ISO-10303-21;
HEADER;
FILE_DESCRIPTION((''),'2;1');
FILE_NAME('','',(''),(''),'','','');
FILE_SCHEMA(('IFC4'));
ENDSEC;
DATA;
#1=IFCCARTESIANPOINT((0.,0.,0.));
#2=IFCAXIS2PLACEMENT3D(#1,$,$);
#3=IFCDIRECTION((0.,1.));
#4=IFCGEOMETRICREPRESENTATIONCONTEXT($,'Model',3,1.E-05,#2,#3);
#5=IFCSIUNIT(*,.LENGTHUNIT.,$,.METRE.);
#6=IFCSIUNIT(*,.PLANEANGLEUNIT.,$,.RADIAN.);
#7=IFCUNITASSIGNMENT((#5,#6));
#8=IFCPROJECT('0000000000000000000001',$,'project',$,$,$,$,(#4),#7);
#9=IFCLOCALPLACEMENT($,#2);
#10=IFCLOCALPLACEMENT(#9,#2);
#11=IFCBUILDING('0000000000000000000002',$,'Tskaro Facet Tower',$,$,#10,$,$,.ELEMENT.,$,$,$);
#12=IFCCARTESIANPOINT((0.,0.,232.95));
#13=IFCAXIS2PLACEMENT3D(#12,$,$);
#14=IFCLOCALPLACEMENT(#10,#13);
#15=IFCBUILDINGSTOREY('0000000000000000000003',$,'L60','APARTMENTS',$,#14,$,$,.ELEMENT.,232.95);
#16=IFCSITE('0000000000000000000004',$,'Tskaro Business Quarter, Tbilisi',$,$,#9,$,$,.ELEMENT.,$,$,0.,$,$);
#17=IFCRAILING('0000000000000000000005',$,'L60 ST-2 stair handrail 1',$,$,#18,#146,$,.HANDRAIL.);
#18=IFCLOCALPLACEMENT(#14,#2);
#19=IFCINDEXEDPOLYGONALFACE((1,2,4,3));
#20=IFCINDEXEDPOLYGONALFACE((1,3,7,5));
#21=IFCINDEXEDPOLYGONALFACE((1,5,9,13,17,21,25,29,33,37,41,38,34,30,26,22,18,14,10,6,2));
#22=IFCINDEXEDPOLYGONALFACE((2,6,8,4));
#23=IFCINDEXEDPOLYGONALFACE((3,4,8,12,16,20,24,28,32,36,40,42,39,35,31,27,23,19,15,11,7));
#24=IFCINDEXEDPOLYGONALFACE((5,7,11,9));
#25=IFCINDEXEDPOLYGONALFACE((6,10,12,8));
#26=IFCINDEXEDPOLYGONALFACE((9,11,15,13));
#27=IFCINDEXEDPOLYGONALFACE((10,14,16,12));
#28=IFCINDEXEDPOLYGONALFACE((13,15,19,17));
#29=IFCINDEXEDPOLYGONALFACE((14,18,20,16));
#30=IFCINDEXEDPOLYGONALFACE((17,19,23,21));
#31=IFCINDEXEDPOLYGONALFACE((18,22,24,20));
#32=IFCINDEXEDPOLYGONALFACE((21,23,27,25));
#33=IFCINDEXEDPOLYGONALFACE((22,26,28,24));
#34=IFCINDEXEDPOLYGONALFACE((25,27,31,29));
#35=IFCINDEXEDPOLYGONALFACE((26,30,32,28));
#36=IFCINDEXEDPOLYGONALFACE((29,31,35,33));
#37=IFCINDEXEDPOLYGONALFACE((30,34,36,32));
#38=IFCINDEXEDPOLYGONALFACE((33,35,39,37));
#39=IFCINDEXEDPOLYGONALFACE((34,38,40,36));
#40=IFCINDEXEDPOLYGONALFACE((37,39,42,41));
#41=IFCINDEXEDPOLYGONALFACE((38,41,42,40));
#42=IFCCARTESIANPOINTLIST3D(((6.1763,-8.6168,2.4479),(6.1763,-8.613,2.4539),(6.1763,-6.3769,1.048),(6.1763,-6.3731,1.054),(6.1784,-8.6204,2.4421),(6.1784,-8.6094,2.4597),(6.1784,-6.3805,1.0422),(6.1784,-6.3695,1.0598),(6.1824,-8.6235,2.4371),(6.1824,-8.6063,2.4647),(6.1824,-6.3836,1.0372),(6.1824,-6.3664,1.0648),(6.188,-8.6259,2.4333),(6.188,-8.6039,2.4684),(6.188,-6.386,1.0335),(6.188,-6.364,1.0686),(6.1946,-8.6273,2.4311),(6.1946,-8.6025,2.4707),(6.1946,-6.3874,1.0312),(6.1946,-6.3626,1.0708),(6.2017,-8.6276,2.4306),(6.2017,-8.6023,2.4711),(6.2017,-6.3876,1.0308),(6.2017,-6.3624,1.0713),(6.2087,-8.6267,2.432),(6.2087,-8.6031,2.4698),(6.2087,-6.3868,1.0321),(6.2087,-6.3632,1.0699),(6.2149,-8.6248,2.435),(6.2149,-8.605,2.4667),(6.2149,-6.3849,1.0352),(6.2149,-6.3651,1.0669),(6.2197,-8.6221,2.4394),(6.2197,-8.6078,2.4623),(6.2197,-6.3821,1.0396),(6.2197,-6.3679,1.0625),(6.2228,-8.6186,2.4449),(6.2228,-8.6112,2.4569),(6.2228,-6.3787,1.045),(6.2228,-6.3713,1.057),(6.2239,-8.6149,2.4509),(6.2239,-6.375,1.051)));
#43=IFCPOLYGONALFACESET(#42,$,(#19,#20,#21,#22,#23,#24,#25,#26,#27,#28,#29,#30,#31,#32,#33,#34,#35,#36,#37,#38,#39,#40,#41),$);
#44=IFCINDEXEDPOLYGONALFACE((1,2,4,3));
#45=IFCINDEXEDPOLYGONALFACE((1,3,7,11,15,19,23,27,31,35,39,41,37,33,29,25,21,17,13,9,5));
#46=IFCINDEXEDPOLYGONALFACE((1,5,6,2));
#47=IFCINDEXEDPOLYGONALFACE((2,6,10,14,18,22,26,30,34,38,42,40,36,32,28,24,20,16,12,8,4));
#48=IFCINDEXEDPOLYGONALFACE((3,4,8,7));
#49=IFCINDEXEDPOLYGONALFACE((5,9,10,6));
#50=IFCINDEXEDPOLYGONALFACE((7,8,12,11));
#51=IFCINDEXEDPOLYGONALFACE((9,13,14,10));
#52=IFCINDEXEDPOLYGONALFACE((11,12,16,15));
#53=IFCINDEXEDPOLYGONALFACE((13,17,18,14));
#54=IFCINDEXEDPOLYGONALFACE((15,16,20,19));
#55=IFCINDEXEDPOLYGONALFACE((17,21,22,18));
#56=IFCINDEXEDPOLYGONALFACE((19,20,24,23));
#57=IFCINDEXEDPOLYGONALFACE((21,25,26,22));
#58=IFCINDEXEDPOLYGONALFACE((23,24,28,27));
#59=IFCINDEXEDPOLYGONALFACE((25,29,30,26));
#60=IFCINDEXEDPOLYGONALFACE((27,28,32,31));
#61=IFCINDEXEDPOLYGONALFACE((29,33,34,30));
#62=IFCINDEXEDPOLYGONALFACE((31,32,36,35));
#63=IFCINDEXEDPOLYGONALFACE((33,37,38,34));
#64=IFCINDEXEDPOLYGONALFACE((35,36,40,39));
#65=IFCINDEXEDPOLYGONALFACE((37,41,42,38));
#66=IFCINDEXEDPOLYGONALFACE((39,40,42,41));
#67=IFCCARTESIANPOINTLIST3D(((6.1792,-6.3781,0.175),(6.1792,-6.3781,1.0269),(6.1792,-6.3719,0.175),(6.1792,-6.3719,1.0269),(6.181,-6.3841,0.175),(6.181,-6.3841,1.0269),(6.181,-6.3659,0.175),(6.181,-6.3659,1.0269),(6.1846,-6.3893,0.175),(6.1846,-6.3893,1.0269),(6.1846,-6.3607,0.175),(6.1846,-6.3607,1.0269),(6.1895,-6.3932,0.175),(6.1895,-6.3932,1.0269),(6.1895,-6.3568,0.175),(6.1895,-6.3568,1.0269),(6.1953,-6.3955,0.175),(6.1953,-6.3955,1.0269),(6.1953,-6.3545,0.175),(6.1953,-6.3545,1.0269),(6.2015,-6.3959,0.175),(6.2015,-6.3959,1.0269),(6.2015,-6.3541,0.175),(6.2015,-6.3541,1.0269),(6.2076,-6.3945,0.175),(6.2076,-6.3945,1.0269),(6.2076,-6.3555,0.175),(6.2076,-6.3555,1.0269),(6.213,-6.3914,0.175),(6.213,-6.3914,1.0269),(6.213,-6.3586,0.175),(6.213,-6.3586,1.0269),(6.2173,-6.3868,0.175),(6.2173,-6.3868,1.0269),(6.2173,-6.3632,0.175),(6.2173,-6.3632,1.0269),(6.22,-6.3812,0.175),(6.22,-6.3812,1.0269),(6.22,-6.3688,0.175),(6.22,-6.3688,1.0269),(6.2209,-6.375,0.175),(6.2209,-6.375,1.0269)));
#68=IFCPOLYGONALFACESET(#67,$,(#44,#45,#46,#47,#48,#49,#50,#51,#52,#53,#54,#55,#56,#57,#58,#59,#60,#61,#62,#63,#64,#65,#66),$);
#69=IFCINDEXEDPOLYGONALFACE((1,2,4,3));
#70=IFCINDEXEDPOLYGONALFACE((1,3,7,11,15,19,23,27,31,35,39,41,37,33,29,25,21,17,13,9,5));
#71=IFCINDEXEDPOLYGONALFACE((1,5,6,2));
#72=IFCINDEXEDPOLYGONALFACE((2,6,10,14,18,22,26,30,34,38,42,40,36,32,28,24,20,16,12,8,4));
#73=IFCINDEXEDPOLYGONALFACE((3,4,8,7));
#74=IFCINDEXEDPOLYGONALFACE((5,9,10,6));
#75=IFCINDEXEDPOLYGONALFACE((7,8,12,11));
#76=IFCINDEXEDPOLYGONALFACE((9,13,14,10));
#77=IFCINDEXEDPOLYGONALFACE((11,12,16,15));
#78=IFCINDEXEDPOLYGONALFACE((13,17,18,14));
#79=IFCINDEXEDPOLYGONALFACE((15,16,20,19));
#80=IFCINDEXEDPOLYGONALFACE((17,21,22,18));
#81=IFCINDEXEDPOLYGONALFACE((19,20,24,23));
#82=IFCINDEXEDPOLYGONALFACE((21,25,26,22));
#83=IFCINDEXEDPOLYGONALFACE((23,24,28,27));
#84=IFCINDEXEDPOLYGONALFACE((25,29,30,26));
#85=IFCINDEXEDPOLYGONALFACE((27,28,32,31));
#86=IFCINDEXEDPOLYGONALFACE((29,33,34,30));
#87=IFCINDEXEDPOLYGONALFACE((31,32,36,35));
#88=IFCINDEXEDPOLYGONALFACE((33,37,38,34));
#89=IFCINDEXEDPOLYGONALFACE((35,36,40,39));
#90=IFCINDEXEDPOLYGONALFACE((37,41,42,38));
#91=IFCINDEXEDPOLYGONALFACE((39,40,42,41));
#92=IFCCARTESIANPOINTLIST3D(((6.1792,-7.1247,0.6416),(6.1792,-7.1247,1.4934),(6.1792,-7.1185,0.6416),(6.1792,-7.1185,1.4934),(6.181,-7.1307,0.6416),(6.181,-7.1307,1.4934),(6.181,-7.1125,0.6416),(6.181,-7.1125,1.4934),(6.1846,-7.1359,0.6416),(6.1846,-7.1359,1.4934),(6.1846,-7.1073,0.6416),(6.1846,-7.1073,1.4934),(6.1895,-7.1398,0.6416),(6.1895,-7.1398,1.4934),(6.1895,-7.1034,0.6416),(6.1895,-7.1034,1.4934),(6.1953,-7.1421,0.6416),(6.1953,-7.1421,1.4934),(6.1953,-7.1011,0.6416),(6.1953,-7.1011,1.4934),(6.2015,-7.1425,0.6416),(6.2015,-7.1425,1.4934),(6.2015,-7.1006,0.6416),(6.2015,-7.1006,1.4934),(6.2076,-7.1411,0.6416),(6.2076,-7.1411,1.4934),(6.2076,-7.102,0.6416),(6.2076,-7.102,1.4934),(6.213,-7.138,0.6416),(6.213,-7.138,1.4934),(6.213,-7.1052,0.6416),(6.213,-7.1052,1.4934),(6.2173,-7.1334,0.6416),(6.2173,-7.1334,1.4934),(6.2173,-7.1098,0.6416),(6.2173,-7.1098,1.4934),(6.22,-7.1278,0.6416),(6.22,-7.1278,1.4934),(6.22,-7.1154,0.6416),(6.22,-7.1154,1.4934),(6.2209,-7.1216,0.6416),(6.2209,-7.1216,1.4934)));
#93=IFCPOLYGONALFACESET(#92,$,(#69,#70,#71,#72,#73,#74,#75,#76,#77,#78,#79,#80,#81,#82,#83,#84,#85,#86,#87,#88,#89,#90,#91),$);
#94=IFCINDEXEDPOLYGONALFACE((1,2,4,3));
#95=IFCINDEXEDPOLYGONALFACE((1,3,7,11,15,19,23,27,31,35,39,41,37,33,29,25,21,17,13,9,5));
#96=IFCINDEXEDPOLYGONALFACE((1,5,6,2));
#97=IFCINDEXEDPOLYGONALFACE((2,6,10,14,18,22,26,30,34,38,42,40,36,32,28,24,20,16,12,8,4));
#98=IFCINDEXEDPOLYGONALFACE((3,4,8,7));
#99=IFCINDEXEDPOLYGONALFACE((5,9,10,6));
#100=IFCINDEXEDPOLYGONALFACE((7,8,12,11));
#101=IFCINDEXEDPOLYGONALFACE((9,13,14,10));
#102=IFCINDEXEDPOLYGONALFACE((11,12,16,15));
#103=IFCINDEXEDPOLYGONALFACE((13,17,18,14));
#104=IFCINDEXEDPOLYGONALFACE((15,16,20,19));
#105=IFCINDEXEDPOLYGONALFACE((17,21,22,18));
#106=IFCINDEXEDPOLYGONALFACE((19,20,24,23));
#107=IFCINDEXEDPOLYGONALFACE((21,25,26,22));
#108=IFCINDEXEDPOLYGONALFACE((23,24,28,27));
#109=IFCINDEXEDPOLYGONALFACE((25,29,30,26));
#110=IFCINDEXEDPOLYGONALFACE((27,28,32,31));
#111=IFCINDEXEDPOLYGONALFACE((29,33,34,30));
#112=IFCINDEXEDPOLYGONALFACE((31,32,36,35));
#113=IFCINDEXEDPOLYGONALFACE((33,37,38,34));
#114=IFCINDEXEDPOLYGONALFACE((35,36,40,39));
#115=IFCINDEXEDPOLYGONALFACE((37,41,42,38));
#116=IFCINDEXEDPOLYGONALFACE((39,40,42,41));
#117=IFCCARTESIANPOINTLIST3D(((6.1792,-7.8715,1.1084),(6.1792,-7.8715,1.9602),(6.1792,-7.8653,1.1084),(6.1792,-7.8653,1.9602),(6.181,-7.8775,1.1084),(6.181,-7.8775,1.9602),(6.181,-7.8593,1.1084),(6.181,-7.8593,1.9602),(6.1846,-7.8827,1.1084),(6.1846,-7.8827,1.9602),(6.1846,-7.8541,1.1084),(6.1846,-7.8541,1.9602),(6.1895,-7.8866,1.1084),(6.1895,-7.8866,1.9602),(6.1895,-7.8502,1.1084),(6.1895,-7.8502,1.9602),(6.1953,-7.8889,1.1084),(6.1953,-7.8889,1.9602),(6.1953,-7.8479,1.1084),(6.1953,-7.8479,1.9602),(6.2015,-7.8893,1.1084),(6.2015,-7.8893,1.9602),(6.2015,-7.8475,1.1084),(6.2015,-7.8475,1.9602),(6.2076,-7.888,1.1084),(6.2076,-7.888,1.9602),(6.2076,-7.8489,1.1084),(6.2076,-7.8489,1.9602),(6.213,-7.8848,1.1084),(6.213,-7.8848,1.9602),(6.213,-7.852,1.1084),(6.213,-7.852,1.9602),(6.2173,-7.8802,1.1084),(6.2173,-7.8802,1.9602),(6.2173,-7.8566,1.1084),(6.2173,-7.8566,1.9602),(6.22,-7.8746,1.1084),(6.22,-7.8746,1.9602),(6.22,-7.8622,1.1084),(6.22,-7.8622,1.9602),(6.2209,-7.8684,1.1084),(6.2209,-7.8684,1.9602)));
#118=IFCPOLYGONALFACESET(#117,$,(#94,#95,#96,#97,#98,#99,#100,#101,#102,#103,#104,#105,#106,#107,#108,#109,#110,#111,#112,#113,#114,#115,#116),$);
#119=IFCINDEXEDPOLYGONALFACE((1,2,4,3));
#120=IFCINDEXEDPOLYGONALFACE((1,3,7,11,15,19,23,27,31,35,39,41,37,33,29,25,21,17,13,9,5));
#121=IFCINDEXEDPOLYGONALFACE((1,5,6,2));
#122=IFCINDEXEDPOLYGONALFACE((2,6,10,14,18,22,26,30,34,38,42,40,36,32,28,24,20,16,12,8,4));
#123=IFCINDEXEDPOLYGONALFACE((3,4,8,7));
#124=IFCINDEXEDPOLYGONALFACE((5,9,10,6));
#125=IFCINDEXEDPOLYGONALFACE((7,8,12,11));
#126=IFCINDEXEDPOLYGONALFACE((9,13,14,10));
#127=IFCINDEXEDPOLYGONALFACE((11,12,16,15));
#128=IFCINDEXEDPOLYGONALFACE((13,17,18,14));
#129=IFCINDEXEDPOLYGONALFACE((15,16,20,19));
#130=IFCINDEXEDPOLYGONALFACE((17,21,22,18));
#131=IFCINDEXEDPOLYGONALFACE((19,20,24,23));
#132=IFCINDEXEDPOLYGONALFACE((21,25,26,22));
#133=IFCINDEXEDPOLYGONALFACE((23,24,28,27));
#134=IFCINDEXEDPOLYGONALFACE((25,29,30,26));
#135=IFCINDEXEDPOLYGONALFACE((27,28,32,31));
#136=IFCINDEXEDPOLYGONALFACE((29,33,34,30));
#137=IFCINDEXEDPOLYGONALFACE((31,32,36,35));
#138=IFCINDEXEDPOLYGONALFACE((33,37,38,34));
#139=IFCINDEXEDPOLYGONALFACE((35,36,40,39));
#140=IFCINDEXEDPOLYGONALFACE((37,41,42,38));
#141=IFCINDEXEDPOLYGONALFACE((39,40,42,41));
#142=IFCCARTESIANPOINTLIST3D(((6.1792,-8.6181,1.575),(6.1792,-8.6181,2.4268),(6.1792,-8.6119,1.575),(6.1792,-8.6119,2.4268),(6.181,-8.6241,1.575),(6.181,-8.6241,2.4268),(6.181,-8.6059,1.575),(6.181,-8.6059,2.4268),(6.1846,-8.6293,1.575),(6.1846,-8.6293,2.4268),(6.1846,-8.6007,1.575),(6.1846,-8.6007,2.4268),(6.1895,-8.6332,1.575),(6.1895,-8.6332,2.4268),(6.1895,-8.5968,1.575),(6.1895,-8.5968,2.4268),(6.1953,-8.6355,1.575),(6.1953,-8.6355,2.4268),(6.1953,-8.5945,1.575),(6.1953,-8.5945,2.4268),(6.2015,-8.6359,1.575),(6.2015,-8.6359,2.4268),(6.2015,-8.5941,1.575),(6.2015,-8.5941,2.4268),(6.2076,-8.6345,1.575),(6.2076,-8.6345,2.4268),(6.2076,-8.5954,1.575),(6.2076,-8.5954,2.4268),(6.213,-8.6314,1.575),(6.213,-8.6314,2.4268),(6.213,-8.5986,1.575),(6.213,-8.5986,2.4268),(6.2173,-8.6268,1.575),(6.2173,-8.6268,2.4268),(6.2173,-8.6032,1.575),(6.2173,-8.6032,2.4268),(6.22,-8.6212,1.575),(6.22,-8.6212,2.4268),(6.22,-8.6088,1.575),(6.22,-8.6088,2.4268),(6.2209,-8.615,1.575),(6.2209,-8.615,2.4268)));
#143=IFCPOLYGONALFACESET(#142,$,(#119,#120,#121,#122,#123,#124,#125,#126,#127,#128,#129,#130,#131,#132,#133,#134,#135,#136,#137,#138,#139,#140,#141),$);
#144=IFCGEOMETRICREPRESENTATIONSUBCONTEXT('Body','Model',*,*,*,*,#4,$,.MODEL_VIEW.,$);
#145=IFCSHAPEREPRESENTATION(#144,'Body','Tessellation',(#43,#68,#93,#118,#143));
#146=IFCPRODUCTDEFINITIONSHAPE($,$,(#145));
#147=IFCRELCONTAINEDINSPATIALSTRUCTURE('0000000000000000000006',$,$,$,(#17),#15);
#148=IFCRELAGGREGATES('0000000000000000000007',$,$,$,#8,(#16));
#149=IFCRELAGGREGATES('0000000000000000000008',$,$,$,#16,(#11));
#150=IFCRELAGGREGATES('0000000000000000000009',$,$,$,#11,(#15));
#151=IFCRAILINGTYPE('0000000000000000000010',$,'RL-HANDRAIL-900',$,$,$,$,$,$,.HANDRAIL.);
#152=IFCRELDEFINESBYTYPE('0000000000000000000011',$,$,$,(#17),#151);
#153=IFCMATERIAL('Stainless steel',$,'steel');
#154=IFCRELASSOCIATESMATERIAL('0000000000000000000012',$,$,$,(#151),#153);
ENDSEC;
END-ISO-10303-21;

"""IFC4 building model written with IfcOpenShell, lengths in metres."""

from ifc_helpers import new_model, si_unit, direction, frame, origin, origin_2d, place, context, subcontext, project, spatial, circle, extrude, material, type_object, element, save


model = new_model("IFC4")

# Units and contexts
model_context = context("Model", 3, precision=1e-05, world=origin(), true_north=direction((0.0, 1.0)))
body_context = subcontext(model_context, "Body", "Model", "MODEL_VIEW")
ifc_project = project(units=[si_unit("LENGTHUNIT", "METRE"), si_unit("PLANEANGLEUNIT", "RADIAN")], contexts=[model_context])

# Site, building, storey
site_placement = place(None, origin())
site = spatial("IfcSite", under=ifc_project, at=site_placement, Name="Tskaro Business Quarter, Tbilisi", CompositionType="ELEMENT", RefElevation=0.0)
building_placement = place(site_placement, origin())
building = spatial("IfcBuilding", under=site, at=building_placement, Name="Tskaro Facet Tower", CompositionType="ELEMENT")
storey_placement = place(building_placement, frame((0.0, 0.0, 232.95)))
storey = spatial("IfcBuildingStorey", under=building, at=storey_placement, Name="L60", Description="APARTMENTS", CompositionType="ELEMENT", Elevation=232.95)

# Shared definitions
ifc_material_1 = material(Name="Stainless steel", Category="steel")

# Railing
railing_type_1 = type_object("IfcRailingType", Name="RL-HANDRAIL-900", PredefinedType="HANDRAIL", material=ifc_material_1)
railing_1_placement = place(storey_placement, frame((6.2, -6.375, 0.175)))
element("IfcRailing", 1, at=railing_1_placement, inside=storey, type_object=railing_type_1, Name="L60 ST-2 stair handrail 1", PredefinedType="HANDRAIL", context=body_context, shape_type="SweptSolid", body=[
    extrude(circle(Radius=0.0239, at=origin_2d()), frame((0.0, 0.0, 0.876), z_axis=(0.0, -0.848014, 0.529974), x_axis=(1.0, 0.0, 0.0)), (0.0, 0.0, 1.0), 2.6414),
    extrude(circle(Radius=0.021, at=origin_2d()), origin(), (0.0, 0.0, 1.0), 0.8518),
    extrude(circle(Radius=0.021, at=origin_2d()), frame((0.0, -0.7466, 0.4666)), (0.0, 0.0, 1.0), 0.8518),
    extrude(circle(Radius=0.021, at=origin_2d()), frame((0.0, -1.4934, 0.9333)), (0.0, 0.0, 1.0), 0.8518),
    extrude(circle(Radius=0.021, at=origin_2d()), frame((0.0, -2.24, 1.3999)), (0.0, 0.0, 1.0), 0.8518),
])

save(model, "model.ifc")
